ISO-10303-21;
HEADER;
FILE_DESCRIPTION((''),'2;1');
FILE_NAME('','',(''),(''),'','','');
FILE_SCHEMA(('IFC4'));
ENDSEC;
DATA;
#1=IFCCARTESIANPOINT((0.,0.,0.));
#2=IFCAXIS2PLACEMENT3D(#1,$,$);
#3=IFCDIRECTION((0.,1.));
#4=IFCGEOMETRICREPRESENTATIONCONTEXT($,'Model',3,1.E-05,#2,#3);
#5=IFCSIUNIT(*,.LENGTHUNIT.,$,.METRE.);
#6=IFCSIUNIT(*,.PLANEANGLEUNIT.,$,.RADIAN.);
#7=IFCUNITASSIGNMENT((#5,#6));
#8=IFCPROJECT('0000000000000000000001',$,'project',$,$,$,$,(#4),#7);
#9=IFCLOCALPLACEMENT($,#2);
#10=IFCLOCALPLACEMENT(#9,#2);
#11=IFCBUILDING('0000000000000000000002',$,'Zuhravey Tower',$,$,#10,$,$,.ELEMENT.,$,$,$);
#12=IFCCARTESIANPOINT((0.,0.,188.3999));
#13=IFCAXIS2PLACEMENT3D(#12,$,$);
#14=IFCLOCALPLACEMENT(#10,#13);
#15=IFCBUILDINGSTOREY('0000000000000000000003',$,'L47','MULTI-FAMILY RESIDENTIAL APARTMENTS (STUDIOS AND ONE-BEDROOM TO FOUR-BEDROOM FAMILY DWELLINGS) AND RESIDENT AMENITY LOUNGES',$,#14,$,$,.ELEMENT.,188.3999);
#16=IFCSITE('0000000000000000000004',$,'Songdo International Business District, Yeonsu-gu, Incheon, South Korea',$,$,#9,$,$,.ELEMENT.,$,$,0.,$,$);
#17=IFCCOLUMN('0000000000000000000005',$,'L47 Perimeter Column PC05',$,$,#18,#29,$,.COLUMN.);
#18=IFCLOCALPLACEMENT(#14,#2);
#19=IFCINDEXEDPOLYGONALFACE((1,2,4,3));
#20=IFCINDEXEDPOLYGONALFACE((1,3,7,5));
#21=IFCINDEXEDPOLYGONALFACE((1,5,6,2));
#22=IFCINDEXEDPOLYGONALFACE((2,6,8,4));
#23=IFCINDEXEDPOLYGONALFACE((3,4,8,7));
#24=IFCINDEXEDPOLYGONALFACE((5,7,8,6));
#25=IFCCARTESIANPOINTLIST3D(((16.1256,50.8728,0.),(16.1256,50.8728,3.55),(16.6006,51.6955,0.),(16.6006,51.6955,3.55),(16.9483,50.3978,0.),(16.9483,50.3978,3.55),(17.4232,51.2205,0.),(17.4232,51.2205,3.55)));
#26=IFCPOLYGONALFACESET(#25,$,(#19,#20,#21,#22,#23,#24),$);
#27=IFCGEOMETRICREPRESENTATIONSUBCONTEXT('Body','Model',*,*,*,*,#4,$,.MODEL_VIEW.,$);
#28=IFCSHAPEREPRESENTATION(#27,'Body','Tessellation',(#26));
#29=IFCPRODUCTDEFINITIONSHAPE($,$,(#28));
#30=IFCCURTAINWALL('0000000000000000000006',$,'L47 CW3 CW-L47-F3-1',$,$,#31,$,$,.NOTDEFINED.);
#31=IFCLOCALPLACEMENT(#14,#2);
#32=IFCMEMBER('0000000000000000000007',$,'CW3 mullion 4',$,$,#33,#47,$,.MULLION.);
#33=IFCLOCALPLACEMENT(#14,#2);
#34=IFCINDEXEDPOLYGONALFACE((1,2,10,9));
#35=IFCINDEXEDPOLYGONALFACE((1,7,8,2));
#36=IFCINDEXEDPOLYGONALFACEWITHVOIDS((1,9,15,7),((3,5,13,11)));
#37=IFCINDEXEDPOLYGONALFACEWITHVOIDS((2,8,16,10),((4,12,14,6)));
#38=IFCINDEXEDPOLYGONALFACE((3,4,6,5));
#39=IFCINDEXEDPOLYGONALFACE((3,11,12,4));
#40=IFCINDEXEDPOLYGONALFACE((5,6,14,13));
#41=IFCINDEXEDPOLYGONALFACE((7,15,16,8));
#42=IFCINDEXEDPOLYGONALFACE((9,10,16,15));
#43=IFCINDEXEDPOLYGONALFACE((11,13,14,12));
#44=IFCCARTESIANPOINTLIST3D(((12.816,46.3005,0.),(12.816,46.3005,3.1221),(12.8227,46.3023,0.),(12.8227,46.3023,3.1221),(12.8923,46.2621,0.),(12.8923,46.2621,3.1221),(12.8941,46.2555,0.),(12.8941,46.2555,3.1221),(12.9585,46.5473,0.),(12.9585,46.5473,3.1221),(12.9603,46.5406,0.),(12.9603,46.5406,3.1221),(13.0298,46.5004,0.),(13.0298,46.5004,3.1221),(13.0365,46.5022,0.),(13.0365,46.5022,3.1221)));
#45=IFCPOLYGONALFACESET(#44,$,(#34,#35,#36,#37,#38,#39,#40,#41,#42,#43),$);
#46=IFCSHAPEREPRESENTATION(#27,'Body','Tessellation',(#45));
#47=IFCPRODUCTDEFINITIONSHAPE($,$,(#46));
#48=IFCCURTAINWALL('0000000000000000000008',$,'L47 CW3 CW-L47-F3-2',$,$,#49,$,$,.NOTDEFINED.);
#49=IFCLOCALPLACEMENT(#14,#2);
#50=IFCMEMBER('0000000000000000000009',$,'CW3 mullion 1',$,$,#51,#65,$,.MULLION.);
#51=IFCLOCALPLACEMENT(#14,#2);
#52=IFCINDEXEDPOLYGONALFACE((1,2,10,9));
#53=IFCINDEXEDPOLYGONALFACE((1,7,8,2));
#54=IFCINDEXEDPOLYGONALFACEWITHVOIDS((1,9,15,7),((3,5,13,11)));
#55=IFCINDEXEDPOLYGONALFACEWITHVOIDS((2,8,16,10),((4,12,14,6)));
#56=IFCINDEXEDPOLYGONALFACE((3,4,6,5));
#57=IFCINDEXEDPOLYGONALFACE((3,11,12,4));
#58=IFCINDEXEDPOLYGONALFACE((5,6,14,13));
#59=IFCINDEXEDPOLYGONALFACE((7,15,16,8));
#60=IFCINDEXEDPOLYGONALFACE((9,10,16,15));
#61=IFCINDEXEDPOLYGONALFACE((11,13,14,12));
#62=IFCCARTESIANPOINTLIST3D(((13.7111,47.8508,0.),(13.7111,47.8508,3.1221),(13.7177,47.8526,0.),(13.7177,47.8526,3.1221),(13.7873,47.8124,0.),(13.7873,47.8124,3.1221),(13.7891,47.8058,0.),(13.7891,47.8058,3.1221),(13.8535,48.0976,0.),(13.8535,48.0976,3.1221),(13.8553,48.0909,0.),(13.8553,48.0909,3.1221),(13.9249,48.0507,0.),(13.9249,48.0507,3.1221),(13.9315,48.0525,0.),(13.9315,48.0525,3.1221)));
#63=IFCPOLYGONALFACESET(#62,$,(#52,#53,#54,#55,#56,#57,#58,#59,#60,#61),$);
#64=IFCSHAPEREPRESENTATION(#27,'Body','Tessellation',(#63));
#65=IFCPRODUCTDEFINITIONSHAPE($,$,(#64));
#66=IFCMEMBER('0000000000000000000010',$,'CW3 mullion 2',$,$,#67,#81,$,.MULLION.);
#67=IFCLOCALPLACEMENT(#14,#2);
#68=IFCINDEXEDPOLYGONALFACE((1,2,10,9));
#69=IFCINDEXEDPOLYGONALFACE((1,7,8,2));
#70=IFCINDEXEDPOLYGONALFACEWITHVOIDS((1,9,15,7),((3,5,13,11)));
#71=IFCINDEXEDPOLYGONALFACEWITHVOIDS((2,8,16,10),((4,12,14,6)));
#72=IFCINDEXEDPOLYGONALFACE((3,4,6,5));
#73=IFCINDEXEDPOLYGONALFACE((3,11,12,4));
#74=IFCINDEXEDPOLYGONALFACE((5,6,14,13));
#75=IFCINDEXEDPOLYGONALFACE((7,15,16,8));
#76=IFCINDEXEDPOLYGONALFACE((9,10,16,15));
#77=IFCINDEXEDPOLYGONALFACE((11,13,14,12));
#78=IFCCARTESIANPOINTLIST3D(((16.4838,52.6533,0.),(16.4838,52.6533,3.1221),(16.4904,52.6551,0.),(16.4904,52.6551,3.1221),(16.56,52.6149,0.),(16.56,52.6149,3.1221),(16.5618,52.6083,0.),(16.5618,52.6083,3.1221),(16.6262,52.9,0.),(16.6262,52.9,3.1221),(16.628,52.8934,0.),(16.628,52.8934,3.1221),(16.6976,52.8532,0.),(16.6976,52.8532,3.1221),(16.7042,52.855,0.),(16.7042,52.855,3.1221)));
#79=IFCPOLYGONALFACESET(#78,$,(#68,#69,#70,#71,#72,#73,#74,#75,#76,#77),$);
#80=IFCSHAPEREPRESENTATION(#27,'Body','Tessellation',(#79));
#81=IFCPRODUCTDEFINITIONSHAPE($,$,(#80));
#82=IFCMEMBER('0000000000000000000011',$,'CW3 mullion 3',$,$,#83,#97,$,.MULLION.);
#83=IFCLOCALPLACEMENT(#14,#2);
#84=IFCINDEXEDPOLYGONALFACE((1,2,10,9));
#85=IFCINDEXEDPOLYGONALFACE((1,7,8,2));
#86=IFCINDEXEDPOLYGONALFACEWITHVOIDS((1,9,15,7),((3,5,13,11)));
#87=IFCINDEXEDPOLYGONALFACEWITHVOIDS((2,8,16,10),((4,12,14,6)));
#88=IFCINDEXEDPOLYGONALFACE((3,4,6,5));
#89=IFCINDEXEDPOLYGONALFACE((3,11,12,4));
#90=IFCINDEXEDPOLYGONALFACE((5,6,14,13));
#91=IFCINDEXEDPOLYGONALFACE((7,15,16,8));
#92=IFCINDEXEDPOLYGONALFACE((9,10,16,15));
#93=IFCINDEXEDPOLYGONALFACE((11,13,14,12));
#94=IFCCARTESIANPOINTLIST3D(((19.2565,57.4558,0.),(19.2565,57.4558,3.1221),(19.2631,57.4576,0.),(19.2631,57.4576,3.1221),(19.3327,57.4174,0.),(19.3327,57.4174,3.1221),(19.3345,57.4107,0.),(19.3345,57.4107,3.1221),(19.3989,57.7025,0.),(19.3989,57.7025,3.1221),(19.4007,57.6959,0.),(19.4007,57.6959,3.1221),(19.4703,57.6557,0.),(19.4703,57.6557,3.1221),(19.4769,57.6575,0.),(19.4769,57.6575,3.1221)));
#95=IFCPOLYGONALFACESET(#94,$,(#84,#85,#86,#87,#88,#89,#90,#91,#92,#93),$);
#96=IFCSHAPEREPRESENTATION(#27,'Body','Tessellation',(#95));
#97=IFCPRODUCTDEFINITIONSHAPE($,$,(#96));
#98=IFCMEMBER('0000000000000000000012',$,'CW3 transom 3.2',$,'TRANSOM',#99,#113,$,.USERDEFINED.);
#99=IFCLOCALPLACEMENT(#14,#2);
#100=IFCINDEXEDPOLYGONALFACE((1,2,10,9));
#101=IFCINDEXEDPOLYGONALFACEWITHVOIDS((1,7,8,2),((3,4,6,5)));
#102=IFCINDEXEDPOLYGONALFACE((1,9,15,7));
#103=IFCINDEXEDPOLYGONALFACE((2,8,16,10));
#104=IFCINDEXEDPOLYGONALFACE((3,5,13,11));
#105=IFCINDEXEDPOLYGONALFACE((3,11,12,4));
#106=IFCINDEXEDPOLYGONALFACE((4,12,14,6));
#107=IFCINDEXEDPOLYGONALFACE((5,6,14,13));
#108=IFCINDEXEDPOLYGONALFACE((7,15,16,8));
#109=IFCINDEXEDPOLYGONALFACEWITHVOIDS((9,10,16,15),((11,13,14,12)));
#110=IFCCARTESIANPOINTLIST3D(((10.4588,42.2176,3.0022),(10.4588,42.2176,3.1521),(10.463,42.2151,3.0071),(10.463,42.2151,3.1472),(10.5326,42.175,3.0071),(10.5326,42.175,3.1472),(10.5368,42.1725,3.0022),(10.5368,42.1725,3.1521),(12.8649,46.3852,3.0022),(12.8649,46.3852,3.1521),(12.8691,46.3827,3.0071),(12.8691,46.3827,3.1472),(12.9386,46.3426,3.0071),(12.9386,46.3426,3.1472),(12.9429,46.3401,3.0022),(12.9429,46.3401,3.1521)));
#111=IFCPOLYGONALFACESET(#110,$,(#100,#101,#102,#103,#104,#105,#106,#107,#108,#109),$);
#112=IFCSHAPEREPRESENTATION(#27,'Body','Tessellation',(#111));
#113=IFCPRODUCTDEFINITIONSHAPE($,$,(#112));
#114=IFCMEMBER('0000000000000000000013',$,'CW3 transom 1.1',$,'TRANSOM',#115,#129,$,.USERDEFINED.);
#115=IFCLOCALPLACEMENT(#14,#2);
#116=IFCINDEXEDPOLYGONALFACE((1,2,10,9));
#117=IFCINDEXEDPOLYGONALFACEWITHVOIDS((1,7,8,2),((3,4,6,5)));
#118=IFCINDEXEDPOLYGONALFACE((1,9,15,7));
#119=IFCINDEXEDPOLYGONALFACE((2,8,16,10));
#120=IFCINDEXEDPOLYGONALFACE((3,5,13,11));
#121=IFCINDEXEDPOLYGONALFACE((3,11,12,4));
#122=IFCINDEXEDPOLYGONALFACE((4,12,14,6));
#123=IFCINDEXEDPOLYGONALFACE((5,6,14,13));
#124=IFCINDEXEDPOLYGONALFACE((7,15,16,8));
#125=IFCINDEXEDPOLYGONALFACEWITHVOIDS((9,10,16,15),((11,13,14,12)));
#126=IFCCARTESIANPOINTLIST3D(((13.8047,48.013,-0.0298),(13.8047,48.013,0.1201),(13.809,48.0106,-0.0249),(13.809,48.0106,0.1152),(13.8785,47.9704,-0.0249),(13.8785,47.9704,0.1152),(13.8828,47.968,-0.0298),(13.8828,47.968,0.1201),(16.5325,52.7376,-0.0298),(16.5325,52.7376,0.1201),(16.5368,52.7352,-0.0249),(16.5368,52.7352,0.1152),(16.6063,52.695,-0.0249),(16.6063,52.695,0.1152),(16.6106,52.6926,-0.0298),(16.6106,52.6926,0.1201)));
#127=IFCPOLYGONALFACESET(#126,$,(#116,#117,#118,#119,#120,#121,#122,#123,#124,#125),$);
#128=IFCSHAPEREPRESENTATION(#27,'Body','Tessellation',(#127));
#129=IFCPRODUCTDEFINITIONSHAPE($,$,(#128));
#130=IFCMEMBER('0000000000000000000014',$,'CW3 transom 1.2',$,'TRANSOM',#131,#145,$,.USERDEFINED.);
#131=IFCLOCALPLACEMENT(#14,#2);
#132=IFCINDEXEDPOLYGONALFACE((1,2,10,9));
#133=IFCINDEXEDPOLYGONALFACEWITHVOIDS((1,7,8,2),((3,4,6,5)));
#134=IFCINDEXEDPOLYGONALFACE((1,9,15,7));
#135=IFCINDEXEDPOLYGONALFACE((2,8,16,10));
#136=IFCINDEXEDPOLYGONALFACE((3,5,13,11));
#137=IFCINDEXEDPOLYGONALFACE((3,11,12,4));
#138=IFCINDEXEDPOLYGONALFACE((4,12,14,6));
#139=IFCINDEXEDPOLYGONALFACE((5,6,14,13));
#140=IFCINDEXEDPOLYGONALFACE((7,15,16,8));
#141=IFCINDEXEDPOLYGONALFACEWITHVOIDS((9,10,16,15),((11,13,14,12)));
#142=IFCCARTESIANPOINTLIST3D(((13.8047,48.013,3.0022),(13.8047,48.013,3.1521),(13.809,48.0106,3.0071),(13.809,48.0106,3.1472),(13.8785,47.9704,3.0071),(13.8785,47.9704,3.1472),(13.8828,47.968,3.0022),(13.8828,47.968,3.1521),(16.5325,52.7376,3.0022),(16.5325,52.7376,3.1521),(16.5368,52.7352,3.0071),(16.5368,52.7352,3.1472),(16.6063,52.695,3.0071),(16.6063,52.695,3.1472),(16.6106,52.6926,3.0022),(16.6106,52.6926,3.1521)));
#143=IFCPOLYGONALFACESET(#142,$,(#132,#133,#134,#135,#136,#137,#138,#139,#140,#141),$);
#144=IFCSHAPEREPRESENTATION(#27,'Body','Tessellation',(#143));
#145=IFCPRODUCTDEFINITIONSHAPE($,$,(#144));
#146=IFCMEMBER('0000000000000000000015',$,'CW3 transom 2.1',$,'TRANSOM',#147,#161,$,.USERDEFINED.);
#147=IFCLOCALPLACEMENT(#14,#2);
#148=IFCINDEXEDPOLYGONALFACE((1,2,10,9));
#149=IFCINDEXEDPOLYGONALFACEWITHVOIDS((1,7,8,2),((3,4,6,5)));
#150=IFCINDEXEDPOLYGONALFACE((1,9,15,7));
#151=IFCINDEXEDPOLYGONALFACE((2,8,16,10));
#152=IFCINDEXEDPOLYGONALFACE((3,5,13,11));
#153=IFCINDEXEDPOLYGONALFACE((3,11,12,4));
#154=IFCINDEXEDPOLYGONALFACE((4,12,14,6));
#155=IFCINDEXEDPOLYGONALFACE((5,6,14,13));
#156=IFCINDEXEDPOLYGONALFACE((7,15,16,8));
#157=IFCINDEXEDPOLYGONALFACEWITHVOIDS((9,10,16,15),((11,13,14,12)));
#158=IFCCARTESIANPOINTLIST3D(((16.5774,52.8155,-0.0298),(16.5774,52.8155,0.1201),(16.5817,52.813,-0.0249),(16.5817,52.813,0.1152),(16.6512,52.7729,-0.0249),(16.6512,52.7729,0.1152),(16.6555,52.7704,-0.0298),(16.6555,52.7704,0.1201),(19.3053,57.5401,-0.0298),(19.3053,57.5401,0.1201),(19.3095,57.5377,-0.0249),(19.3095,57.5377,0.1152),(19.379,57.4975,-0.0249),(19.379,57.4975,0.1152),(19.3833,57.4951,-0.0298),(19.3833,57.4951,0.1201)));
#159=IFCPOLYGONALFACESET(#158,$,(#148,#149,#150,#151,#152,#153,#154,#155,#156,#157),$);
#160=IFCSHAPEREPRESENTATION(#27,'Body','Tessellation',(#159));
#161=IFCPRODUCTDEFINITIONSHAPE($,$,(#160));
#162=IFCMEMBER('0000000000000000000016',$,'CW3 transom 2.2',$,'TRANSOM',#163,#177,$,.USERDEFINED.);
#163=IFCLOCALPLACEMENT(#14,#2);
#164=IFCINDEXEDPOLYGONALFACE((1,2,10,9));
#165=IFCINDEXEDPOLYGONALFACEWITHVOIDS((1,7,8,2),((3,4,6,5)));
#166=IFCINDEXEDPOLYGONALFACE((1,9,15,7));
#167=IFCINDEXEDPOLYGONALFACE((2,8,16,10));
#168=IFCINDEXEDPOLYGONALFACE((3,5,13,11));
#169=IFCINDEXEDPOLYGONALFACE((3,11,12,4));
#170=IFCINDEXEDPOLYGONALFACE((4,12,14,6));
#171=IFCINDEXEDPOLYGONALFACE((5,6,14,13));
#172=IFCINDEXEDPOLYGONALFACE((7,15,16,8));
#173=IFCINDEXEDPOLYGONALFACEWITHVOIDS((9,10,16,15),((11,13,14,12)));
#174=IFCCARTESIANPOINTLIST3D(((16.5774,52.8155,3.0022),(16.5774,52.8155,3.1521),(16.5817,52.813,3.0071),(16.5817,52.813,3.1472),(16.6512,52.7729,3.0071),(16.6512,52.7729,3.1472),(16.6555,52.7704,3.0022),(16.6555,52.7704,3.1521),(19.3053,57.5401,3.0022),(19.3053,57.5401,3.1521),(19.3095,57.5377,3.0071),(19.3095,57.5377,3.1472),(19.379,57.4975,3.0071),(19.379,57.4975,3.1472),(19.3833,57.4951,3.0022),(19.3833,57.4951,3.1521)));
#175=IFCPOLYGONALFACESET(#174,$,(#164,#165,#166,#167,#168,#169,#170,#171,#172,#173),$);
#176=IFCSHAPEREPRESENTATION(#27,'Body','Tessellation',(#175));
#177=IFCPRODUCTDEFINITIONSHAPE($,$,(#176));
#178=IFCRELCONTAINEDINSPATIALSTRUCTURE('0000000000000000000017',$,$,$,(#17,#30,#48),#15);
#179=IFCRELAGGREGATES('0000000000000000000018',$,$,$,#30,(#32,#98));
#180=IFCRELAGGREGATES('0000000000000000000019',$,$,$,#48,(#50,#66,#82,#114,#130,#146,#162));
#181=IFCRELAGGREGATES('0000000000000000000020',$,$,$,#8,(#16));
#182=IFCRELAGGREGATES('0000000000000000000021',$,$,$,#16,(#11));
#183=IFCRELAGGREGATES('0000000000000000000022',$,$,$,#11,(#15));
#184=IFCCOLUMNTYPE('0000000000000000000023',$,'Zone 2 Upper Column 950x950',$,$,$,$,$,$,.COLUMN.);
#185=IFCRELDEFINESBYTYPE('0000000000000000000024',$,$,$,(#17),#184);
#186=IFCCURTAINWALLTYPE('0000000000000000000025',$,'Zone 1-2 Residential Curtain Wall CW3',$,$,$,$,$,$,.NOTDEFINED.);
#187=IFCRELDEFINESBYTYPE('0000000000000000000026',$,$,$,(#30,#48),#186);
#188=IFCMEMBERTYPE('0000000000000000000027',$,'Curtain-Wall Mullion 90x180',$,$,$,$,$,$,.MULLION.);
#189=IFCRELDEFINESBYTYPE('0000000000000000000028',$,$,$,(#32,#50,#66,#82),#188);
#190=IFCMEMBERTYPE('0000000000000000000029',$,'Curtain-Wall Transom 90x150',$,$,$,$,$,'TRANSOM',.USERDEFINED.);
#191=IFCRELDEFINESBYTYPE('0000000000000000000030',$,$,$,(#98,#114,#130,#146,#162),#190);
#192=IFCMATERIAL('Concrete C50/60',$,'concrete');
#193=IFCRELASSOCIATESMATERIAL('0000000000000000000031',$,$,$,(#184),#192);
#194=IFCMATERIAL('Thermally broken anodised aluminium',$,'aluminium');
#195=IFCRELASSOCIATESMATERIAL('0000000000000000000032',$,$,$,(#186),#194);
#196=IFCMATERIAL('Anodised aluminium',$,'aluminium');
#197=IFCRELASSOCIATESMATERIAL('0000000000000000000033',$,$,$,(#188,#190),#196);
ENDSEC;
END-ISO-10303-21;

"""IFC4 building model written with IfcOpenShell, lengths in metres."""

from ifc_helpers import new_model, si_unit, direction, frame, origin, origin_2d, place, context, subcontext, project, spatial, rectangle, hollow_rectangle, extrude, material, material_profile, profile_set, type_object, element, aggregate, save


model = new_model("IFC4")

# Units and contexts
model_context = context("Model", 3, precision=1e-05, world=origin(), true_north=direction((0.0, 1.0)))
body_context = subcontext(model_context, "Body", "Model", "MODEL_VIEW")
ifc_project = project(units=[si_unit("LENGTHUNIT", "METRE"), si_unit("PLANEANGLEUNIT", "RADIAN")], contexts=[model_context])

# Site, building, storey
site_placement = place(None, origin())
site = spatial("IfcSite", under=ifc_project, at=site_placement, Name="Songdo International Business District, Yeonsu-gu, Incheon, South Korea", CompositionType="ELEMENT", RefElevation=0.0)
building_placement = place(site_placement, origin())
building = spatial("IfcBuilding", under=site, at=building_placement, Name="Zuhravey Tower", CompositionType="ELEMENT")
storey_placement = place(building_placement, frame((0.0, 0.0, 188.3999)))
storey = spatial("IfcBuildingStorey", under=building, at=storey_placement, Name="L47", Description="MULTI-FAMILY RESIDENTIAL APARTMENTS (STUDIOS AND ONE-BEDROOM TO FOUR-BEDROOM FAMILY DWELLINGS) AND RESIDENT AMENITY LOUNGES", CompositionType="ELEMENT", Elevation=188.3999)

# Column
ifc_material_1 = material(Name="Concrete C50/60", Category="concrete")
ifc_material_profile_1 = material_profile(ifc_material_1, rectangle(XDim=0.95, YDim=0.95, at=origin_2d()), Name="RC-950x950")
ifc_profile_set_1 = profile_set([ifc_material_profile_1], Name="Concrete C50/60")
column_type = type_object("IfcColumnType", Name="Zone 2 Upper Column 950x950", PredefinedType="COLUMN", material=ifc_profile_set_1)
column_placement = place(storey_placement, frame((16.7744, 51.0466, 0.0), z_axis=(0.0, 0.0, 1.0), x_axis=(-0.5, -0.866025, 0.0)))
element("IfcColumn", 1, at=column_placement, inside=storey, type_object=column_type, Name="L47 Perimeter Column PC05", PredefinedType="COLUMN", context=body_context, shape_type="SweptSolid", body=[
    extrude(rectangle(XDim=0.95, YDim=0.95, at=origin_2d()), origin(), (0.0, 0.0, 1.0), 3.55),
])

# Curtain wall, member
ifc_material_2 = material(Name="Thermally broken anodised aluminium", Category="aluminium")
curtain_wall_type = type_object("IfcCurtainWallType", Name="Zone 1-2 Residential Curtain Wall CW3", PredefinedType="NOTDEFINED", material=ifc_material_2)
curtain_wall_1_placement = place(storey_placement, origin())
curtain_wall_1 = element("IfcCurtainWall", 2, at=curtain_wall_1_placement, inside=storey, type_object=curtain_wall_type, Name="L47 CW3 CW-L47-F3-1", PredefinedType="NOTDEFINED")
ifc_material_3 = material(Name="Anodised aluminium", Category="aluminium")
ifc_material_profile_2 = material_profile(ifc_material_3, hollow_rectangle(XDim=0.0901, YDim=0.2849, WallThickness=0.0049, at=origin_2d()), Name="ALU-RHS-90x285x5")
ifc_profile_set_2 = profile_set([ifc_material_profile_2], Name="Anodised aluminium")
member_type_1 = type_object("IfcMemberType", Name="Curtain-Wall Mullion 90x180", PredefinedType="MULLION", material=ifc_profile_set_2)
member_1_placement = place(storey_placement, frame((12.9263, 46.4014, 0.0), z_axis=(0.0, 0.0, 1.0), x_axis=(-0.866026, 0.499999, 0.0)))
member_1 = element("IfcMember", 3, at=member_1_placement, type_object=member_type_1, Name="CW3 mullion 4", PredefinedType="MULLION", context=body_context, shape_type="SweptSolid", body=[
    extrude(hollow_rectangle(XDim=0.0901, YDim=0.2849, WallThickness=0.0049, at=origin_2d()), origin(), (0.0, 0.0, 1.0), 3.1221),
])

# Curtain wall, members
curtain_wall_2_placement = place(storey_placement, origin())
curtain_wall_2 = element("IfcCurtainWall", 4, at=curtain_wall_2_placement, inside=storey, type_object=curtain_wall_type, Name="L47 CW3 CW-L47-F3-2", PredefinedType="NOTDEFINED")
member_2_placement = place(storey_placement, frame((13.8213, 47.9517, 0.0), z_axis=(0.0, 0.0, 1.0), x_axis=(-0.866025, 0.500001, 0.0)))
member_2 = element("IfcMember", 5, at=member_2_placement, type_object=member_type_1, Name="CW3 mullion 1", PredefinedType="MULLION", context=body_context, shape_type="SweptSolid", body=[
    extrude(hollow_rectangle(XDim=0.0901, YDim=0.2849, WallThickness=0.0049, at=origin_2d()), origin(), (0.0, 0.0, 1.0), 3.1221),
])
member_3_placement = place(storey_placement, frame((16.594, 52.7542, 0.0), z_axis=(0.0, 0.0, 1.0), x_axis=(-0.866025, 0.500001, 0.0)))
member_3 = element("IfcMember", 6, at=member_3_placement, type_object=member_type_1, Name="CW3 mullion 2", PredefinedType="MULLION", context=body_context, shape_type="SweptSolid", body=[
    extrude(hollow_rectangle(XDim=0.0901, YDim=0.2849, WallThickness=0.0049, at=origin_2d()), origin(), (0.0, 0.0, 1.0), 3.1221),
])
member_4_placement = place(storey_placement, frame((19.3667, 57.5566, 0.0), z_axis=(0.0, 0.0, 1.0), x_axis=(-0.866025, 0.500001, 0.0)))
member_4 = element("IfcMember", 7, at=member_4_placement, type_object=member_type_1, Name="CW3 mullion 3", PredefinedType="MULLION", context=body_context, shape_type="SweptSolid", body=[
    extrude(hollow_rectangle(XDim=0.0901, YDim=0.2849, WallThickness=0.0049, at=origin_2d()), origin(), (0.0, 0.0, 1.0), 3.1221),
])

# Members
ifc_material_profile_3 = material_profile(ifc_material_3, hollow_rectangle(XDim=0.0901, YDim=0.1499, WallThickness=0.0049, at=origin_2d()), Name="ALU-RHS-90x150x5")
ifc_profile_set_3 = profile_set([ifc_material_profile_3], Name="Anodised aluminium")
member_type_2 = type_object("IfcMemberType", Name="Curtain-Wall Transom 90x150", ElementType="TRANSOM", PredefinedType="USERDEFINED", material=ifc_profile_set_3)
member_5_placement = place(storey_placement, frame((10.4978, 42.1951, 3.0771), z_axis=(0.499986, 0.866034, 0.0), x_axis=(-0.866034, 0.499986, 0.0)))
member_5 = element("IfcMember", 8, at=member_5_placement, type_object=member_type_2, Name="CW3 transom 3.2", ObjectType="TRANSOM", PredefinedType="USERDEFINED", context=body_context, shape_type="SweptSolid", body=[
    extrude(hollow_rectangle(XDim=0.0901, YDim=0.1499, WallThickness=0.0049, at=origin_2d()), origin(), (0.0, 0.0, 1.0), 4.8123),
])
member_6_placement = place(storey_placement, frame((13.8438, 47.9905, 0.0452), z_axis=(0.500004, 0.866023, 0.0), x_axis=(-0.866023, 0.500004, 0.0)))
member_6 = element("IfcMember", 9, at=member_6_placement, type_object=member_type_2, Name="CW3 transom 1.1", ObjectType="TRANSOM", PredefinedType="USERDEFINED", context=body_context, shape_type="SweptSolid", body=[
    extrude(hollow_rectangle(XDim=0.0901, YDim=0.1499, WallThickness=0.0049, at=origin_2d()), origin(), (0.0, 0.0, 1.0), 5.4556),
])
member_7_placement = place(storey_placement, frame((13.8438, 47.9905, 3.0771), z_axis=(0.500004, 0.866023, 0.0), x_axis=(-0.866023, 0.500004, 0.0)))
member_7 = element("IfcMember", 10, at=member_7_placement, type_object=member_type_2, Name="CW3 transom 1.2", ObjectType="TRANSOM", PredefinedType="USERDEFINED", context=body_context, shape_type="SweptSolid", body=[
    extrude(hollow_rectangle(XDim=0.0901, YDim=0.1499, WallThickness=0.0049, at=origin_2d()), origin(), (0.0, 0.0, 1.0), 5.4556),
])
member_8_placement = place(storey_placement, frame((16.6165, 52.793, 0.0452), z_axis=(0.500004, 0.866023, 0.0), x_axis=(-0.866023, 0.500004, 0.0)))
member_8 = element("IfcMember", 11, at=member_8_placement, type_object=member_type_2, Name="CW3 transom 2.1", ObjectType="TRANSOM", PredefinedType="USERDEFINED", context=body_context, shape_type="SweptSolid", body=[
    extrude(hollow_rectangle(XDim=0.0901, YDim=0.1499, WallThickness=0.0049, at=origin_2d()), origin(), (0.0, 0.0, 1.0), 5.4556),
])
member_9_placement = place(storey_placement, frame((16.6165, 52.793, 3.0771), z_axis=(0.500004, 0.866023, 0.0), x_axis=(-0.866023, 0.500004, 0.0)))
member_9 = element("IfcMember", 12, at=member_9_placement, type_object=member_type_2, Name="CW3 transom 2.2", ObjectType="TRANSOM", PredefinedType="USERDEFINED", context=body_context, shape_type="SweptSolid", body=[
    extrude(hollow_rectangle(XDim=0.0901, YDim=0.1499, WallThickness=0.0049, at=origin_2d()), origin(), (0.0, 0.0, 1.0), 5.4556),
])

aggregate(curtain_wall_1, [member_1, member_5])
aggregate(curtain_wall_2, [member_2, member_3, member_4, member_6, member_7, member_8, member_9])

save(model, "model.ifc")
